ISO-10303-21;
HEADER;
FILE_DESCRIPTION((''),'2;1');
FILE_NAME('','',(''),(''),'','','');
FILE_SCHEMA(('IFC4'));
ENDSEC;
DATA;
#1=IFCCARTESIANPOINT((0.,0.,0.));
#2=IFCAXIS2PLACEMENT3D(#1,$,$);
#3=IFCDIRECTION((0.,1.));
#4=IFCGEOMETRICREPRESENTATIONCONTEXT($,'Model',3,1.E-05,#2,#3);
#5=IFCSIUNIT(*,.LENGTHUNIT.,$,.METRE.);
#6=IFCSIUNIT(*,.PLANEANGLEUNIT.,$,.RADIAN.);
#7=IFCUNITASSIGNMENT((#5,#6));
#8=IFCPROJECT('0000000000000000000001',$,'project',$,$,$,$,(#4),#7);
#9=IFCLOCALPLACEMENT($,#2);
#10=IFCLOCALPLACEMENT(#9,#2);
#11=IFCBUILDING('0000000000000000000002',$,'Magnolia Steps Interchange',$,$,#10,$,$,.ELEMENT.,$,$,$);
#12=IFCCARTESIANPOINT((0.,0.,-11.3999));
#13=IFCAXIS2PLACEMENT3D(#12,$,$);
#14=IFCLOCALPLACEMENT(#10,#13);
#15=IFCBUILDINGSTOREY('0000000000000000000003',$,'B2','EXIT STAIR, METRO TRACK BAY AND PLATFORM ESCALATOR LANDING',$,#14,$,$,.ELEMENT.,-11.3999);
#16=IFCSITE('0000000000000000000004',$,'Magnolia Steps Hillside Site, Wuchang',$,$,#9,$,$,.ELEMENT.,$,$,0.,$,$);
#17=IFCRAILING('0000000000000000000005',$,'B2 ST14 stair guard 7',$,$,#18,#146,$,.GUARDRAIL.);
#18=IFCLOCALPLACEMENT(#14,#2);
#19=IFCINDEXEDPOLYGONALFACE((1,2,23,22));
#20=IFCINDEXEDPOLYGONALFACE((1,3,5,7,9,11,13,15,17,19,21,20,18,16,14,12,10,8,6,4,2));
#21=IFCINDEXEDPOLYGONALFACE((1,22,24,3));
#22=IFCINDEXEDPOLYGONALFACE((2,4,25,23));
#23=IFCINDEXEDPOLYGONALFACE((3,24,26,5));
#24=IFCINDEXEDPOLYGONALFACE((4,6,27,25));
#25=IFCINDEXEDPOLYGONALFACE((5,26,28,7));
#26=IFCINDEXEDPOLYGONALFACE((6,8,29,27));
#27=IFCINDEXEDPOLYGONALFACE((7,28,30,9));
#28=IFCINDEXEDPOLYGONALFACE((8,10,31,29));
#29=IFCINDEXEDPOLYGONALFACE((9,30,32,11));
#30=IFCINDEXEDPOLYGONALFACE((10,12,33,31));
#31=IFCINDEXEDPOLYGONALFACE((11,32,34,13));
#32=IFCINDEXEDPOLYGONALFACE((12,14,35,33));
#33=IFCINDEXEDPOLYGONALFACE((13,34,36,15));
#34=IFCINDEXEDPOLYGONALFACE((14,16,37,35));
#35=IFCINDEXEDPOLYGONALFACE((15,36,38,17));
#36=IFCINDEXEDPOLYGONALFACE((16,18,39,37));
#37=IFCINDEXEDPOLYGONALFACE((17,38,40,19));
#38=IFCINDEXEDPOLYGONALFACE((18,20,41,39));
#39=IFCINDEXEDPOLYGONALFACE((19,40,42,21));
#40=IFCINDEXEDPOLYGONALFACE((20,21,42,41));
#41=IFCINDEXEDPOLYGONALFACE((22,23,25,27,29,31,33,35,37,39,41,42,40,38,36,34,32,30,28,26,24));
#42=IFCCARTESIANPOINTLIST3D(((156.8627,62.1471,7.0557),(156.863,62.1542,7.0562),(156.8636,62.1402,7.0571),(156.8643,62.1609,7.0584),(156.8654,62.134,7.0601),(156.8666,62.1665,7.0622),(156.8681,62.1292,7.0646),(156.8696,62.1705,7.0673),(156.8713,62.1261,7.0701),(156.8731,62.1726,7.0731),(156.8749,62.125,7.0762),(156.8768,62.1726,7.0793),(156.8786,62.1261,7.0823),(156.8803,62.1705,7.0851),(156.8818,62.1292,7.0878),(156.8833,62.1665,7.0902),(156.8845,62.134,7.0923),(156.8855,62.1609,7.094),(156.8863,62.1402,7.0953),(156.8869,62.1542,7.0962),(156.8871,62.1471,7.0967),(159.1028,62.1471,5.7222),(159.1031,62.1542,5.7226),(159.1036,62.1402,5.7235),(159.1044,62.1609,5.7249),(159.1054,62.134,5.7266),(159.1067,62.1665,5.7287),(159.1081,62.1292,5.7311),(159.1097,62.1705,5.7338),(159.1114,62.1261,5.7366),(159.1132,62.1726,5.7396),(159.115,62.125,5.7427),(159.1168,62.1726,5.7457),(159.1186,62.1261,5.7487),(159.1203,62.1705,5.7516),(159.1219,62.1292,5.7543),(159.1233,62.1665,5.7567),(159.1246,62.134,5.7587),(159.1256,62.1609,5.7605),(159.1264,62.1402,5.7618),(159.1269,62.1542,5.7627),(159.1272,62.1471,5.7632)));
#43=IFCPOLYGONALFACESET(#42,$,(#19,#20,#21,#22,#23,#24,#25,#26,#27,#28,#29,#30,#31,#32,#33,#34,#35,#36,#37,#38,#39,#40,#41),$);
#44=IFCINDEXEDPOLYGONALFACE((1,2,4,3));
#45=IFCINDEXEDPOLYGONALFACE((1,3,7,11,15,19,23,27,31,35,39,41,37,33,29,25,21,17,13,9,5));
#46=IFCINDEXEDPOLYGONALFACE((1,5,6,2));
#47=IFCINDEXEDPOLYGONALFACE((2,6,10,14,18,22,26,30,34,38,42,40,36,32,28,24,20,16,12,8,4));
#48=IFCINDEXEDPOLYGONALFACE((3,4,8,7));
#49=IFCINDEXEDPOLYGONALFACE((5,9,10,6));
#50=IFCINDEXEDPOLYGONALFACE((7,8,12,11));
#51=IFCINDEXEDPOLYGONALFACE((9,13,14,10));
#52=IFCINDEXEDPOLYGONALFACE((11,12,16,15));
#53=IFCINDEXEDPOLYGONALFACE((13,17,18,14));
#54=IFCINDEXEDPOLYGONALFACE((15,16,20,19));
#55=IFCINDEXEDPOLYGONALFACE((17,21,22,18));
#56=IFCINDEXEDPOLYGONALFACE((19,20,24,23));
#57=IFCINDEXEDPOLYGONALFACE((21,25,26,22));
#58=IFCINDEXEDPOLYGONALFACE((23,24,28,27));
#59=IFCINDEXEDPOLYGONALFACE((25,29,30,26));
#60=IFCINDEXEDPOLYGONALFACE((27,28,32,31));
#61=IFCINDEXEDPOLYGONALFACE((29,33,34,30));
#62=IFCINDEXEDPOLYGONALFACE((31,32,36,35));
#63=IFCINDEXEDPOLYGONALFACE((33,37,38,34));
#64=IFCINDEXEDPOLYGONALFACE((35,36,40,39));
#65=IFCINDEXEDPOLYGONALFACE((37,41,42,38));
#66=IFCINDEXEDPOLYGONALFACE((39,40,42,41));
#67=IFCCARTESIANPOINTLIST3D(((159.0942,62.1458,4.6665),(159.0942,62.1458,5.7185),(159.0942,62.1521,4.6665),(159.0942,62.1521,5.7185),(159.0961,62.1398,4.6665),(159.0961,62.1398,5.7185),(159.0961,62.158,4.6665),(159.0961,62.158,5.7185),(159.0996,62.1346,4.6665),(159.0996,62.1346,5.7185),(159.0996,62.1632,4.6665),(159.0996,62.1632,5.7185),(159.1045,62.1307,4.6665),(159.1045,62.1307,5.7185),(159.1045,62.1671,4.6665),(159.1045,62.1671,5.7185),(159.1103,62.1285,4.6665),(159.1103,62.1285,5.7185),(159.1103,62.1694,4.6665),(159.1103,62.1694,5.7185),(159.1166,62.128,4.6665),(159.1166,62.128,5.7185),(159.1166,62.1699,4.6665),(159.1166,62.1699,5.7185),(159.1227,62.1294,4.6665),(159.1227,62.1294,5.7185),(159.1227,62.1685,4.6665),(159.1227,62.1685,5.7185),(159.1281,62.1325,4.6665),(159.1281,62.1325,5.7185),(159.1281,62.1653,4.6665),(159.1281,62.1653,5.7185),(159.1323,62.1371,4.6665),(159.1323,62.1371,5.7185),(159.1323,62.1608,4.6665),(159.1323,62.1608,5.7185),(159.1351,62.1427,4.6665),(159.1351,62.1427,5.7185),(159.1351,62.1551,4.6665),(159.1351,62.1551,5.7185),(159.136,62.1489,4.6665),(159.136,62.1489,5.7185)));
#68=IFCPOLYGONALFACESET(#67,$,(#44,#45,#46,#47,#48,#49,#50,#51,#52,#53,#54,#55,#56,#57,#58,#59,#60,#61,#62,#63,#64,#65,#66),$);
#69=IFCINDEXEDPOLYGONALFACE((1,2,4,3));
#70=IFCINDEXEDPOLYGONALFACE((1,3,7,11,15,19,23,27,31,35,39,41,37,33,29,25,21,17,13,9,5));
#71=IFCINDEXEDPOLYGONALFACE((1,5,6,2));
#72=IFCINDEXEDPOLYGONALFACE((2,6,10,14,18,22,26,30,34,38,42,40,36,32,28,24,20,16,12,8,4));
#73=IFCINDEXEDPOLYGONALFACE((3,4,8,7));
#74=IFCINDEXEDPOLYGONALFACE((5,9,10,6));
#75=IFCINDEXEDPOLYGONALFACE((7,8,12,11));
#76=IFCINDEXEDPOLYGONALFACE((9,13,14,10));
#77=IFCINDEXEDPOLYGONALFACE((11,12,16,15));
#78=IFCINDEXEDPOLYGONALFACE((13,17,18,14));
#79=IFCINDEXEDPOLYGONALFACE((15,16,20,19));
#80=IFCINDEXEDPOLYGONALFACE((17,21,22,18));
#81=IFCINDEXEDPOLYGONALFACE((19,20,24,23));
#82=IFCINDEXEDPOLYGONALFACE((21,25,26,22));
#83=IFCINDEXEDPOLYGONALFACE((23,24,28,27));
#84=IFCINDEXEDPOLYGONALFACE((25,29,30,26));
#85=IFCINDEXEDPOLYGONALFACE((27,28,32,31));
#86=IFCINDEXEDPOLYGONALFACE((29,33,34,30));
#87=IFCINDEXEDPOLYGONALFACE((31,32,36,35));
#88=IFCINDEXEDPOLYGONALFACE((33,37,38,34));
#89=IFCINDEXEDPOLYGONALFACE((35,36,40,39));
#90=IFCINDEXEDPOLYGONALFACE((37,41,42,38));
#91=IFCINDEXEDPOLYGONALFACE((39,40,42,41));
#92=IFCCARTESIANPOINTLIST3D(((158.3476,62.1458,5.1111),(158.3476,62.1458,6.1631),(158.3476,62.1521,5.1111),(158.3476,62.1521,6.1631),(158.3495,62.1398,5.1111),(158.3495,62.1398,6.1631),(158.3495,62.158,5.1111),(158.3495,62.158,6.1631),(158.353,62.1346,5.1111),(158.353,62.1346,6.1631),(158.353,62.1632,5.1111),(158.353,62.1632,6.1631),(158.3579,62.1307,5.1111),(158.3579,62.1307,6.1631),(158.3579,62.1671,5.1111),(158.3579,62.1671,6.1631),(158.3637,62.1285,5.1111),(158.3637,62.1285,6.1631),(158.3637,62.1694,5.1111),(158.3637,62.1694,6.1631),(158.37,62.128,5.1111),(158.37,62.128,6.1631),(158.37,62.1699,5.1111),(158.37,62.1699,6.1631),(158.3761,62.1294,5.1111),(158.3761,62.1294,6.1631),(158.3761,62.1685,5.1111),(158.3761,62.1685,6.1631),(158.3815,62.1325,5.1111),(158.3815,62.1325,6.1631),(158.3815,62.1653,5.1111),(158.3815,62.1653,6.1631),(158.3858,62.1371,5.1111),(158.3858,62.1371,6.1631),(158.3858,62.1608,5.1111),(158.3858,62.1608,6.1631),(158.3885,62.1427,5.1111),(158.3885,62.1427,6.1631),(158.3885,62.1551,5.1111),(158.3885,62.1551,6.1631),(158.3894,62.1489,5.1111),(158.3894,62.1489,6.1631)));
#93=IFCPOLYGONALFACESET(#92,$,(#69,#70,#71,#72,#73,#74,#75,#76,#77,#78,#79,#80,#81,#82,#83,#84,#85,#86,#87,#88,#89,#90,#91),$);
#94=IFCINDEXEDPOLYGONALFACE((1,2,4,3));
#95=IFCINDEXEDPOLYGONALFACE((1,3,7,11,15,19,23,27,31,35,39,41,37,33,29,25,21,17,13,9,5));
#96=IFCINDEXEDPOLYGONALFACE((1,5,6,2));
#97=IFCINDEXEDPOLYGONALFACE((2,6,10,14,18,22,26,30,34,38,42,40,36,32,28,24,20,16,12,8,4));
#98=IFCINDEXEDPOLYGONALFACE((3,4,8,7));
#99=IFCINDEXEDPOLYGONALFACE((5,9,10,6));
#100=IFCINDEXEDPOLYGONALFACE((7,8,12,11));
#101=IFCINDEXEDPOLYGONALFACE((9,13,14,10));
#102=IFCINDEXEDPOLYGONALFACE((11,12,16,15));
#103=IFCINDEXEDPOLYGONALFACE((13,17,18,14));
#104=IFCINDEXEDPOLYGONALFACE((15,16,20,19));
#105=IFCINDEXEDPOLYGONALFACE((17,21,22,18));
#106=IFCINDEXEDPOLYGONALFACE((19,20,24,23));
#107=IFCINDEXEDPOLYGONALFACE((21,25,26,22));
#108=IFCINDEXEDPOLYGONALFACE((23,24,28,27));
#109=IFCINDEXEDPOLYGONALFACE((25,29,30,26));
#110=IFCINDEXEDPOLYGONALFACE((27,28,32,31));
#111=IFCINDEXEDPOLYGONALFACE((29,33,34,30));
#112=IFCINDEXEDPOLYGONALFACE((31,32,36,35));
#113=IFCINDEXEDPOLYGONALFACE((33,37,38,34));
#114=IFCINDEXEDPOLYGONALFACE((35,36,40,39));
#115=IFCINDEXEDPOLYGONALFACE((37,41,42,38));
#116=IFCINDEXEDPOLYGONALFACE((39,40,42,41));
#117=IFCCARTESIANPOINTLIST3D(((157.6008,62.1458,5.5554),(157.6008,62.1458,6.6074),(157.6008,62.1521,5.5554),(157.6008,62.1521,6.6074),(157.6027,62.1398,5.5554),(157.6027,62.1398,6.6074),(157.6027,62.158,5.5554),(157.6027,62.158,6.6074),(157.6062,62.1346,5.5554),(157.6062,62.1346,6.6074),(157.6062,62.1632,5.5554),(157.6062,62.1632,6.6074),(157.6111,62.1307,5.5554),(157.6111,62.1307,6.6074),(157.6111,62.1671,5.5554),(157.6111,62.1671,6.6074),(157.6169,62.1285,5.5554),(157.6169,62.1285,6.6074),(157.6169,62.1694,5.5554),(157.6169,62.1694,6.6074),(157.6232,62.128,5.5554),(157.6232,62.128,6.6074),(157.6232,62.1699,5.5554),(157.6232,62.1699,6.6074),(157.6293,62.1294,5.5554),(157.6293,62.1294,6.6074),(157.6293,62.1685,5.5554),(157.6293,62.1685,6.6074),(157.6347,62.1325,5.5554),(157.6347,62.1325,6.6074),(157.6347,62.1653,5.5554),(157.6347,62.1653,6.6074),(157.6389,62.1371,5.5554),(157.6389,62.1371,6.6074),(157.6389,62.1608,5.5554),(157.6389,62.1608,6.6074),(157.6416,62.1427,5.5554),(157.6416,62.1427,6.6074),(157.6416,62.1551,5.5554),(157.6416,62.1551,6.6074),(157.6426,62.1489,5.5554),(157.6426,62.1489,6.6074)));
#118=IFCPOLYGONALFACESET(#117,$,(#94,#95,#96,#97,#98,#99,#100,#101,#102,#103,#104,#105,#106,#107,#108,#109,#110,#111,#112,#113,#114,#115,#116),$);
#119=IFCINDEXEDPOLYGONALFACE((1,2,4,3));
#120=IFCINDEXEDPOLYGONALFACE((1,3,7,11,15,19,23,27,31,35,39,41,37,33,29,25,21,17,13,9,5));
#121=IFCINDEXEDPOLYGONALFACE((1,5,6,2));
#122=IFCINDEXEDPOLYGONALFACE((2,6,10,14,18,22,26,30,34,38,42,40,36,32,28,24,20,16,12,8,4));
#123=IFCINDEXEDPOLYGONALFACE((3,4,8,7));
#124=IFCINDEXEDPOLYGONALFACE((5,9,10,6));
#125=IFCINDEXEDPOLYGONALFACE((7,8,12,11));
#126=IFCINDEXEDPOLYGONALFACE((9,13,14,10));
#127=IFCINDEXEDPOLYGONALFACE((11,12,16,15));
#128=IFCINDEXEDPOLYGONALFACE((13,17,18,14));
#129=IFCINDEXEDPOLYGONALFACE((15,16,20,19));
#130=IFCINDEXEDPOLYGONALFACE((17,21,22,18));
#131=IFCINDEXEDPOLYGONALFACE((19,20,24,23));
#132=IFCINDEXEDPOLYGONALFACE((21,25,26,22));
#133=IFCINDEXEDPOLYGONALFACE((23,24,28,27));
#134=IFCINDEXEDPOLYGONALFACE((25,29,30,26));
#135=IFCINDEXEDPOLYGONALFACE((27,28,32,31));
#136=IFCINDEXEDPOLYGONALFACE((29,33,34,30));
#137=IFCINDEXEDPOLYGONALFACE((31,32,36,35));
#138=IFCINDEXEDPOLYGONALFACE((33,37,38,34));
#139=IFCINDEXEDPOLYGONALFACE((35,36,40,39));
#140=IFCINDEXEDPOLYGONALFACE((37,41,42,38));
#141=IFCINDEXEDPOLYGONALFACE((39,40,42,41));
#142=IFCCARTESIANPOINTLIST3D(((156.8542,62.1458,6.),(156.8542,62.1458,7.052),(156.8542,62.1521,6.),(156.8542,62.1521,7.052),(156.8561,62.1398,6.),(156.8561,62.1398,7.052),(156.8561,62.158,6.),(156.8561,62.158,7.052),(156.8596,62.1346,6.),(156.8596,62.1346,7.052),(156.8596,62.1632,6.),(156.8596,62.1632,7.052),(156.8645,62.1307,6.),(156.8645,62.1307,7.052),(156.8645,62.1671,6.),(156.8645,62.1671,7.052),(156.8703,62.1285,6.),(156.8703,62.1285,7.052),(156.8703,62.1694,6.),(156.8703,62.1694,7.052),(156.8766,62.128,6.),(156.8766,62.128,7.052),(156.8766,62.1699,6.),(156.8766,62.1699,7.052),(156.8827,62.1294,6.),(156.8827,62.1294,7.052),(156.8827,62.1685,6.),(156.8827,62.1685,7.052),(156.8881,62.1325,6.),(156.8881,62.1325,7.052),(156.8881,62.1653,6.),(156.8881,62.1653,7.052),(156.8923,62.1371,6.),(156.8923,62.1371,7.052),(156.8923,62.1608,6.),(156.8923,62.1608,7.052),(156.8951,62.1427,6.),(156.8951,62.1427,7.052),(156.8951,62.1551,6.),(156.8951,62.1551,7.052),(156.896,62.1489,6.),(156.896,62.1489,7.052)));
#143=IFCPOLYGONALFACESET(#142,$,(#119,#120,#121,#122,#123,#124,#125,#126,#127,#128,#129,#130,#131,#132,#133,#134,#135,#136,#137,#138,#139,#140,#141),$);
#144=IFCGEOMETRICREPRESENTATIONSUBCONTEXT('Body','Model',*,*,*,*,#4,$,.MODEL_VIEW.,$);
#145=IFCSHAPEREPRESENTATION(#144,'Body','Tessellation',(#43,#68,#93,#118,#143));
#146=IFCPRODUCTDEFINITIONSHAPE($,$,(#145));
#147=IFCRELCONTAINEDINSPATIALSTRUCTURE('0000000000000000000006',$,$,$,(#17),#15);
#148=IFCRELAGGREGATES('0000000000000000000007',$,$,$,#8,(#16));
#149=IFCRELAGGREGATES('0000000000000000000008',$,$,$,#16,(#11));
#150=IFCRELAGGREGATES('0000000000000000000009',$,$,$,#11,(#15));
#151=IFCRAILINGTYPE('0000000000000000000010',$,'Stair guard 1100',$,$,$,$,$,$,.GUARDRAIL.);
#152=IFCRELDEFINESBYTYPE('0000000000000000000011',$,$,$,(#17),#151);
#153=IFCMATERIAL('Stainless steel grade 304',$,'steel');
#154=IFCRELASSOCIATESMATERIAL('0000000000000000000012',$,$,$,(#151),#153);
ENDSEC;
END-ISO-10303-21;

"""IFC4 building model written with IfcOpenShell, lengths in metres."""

from ifc_helpers import new_model, si_unit, direction, frame, origin, origin_2d, place, context, subcontext, project, spatial, circle, extrude, material, type_object, element, save


model = new_model("IFC4")

# Units and contexts
model_context = context("Model", 3, precision=1e-05, world=origin(), true_north=direction((0.0, 1.0)))
body_context = subcontext(model_context, "Body", "Model", "MODEL_VIEW")
ifc_project = project(units=[si_unit("LENGTHUNIT", "METRE"), si_unit("PLANEANGLEUNIT", "RADIAN")], contexts=[model_context])

# Site, building, storey
site_placement = place(None, origin())
site = spatial("IfcSite", under=ifc_project, at=site_placement, Name="Magnolia Steps Hillside Site, Wuchang", CompositionType="ELEMENT", RefElevation=0.0)
building_placement = place(site_placement, origin())
building = spatial("IfcBuilding", under=site, at=building_placement, Name="Magnolia Steps Interchange", CompositionType="ELEMENT")
storey_placement = place(building_placement, frame((0.0, 0.0, -11.3999)))
storey = spatial("IfcBuildingStorey", under=building, at=storey_placement, Name="B2", Description="EXIT STAIR, METRO TRACK BAY AND PLATFORM ESCALATOR LANDING", CompositionType="ELEMENT", Elevation=-11.3999)

# Railing
ifc_material_1 = material(Name="Stainless steel grade 304", Category="steel")
railing_type_1 = type_object("IfcRailingType", Name="Stair guard 1100", PredefinedType="GUARDRAIL", material=ifc_material_1)
railing_1_placement = place(storey_placement, frame((159.115, 62.1489, 4.6665)))
element("IfcRailing", 1, at=railing_1_placement, inside=storey, type_object=railing_type_1, Name="B2 ST14 stair guard 7", PredefinedType="GUARDRAIL", context=body_context, shape_type="SweptSolid", body=[
    extrude(circle(Radius=0.0239, at=origin_2d()), frame((0.0, 0.0, 1.0762), z_axis=(-0.859264, 0.0, 0.511532), x_axis=(0.0, -1.0, 0.0)), (0.0, 0.0, 1.0), 2.6069),
    extrude(circle(Radius=0.021, at=origin_2d()), origin(), (0.0, 0.0, 1.0), 1.052),
    extrude(circle(Radius=0.021, at=origin_2d()), frame((-0.7466, 0.0, 0.4446)), (0.0, 0.0, 1.0), 1.052),
    extrude(circle(Radius=0.021, at=origin_2d()), frame((-1.4934, 0.0, 0.8889)), (0.0, 0.0, 1.0), 1.052),
    extrude(circle(Radius=0.021, at=origin_2d()), frame((-2.24, 0.0, 1.3335)), (0.0, 0.0, 1.0), 1.052),
])

save(model, "model.ifc")
